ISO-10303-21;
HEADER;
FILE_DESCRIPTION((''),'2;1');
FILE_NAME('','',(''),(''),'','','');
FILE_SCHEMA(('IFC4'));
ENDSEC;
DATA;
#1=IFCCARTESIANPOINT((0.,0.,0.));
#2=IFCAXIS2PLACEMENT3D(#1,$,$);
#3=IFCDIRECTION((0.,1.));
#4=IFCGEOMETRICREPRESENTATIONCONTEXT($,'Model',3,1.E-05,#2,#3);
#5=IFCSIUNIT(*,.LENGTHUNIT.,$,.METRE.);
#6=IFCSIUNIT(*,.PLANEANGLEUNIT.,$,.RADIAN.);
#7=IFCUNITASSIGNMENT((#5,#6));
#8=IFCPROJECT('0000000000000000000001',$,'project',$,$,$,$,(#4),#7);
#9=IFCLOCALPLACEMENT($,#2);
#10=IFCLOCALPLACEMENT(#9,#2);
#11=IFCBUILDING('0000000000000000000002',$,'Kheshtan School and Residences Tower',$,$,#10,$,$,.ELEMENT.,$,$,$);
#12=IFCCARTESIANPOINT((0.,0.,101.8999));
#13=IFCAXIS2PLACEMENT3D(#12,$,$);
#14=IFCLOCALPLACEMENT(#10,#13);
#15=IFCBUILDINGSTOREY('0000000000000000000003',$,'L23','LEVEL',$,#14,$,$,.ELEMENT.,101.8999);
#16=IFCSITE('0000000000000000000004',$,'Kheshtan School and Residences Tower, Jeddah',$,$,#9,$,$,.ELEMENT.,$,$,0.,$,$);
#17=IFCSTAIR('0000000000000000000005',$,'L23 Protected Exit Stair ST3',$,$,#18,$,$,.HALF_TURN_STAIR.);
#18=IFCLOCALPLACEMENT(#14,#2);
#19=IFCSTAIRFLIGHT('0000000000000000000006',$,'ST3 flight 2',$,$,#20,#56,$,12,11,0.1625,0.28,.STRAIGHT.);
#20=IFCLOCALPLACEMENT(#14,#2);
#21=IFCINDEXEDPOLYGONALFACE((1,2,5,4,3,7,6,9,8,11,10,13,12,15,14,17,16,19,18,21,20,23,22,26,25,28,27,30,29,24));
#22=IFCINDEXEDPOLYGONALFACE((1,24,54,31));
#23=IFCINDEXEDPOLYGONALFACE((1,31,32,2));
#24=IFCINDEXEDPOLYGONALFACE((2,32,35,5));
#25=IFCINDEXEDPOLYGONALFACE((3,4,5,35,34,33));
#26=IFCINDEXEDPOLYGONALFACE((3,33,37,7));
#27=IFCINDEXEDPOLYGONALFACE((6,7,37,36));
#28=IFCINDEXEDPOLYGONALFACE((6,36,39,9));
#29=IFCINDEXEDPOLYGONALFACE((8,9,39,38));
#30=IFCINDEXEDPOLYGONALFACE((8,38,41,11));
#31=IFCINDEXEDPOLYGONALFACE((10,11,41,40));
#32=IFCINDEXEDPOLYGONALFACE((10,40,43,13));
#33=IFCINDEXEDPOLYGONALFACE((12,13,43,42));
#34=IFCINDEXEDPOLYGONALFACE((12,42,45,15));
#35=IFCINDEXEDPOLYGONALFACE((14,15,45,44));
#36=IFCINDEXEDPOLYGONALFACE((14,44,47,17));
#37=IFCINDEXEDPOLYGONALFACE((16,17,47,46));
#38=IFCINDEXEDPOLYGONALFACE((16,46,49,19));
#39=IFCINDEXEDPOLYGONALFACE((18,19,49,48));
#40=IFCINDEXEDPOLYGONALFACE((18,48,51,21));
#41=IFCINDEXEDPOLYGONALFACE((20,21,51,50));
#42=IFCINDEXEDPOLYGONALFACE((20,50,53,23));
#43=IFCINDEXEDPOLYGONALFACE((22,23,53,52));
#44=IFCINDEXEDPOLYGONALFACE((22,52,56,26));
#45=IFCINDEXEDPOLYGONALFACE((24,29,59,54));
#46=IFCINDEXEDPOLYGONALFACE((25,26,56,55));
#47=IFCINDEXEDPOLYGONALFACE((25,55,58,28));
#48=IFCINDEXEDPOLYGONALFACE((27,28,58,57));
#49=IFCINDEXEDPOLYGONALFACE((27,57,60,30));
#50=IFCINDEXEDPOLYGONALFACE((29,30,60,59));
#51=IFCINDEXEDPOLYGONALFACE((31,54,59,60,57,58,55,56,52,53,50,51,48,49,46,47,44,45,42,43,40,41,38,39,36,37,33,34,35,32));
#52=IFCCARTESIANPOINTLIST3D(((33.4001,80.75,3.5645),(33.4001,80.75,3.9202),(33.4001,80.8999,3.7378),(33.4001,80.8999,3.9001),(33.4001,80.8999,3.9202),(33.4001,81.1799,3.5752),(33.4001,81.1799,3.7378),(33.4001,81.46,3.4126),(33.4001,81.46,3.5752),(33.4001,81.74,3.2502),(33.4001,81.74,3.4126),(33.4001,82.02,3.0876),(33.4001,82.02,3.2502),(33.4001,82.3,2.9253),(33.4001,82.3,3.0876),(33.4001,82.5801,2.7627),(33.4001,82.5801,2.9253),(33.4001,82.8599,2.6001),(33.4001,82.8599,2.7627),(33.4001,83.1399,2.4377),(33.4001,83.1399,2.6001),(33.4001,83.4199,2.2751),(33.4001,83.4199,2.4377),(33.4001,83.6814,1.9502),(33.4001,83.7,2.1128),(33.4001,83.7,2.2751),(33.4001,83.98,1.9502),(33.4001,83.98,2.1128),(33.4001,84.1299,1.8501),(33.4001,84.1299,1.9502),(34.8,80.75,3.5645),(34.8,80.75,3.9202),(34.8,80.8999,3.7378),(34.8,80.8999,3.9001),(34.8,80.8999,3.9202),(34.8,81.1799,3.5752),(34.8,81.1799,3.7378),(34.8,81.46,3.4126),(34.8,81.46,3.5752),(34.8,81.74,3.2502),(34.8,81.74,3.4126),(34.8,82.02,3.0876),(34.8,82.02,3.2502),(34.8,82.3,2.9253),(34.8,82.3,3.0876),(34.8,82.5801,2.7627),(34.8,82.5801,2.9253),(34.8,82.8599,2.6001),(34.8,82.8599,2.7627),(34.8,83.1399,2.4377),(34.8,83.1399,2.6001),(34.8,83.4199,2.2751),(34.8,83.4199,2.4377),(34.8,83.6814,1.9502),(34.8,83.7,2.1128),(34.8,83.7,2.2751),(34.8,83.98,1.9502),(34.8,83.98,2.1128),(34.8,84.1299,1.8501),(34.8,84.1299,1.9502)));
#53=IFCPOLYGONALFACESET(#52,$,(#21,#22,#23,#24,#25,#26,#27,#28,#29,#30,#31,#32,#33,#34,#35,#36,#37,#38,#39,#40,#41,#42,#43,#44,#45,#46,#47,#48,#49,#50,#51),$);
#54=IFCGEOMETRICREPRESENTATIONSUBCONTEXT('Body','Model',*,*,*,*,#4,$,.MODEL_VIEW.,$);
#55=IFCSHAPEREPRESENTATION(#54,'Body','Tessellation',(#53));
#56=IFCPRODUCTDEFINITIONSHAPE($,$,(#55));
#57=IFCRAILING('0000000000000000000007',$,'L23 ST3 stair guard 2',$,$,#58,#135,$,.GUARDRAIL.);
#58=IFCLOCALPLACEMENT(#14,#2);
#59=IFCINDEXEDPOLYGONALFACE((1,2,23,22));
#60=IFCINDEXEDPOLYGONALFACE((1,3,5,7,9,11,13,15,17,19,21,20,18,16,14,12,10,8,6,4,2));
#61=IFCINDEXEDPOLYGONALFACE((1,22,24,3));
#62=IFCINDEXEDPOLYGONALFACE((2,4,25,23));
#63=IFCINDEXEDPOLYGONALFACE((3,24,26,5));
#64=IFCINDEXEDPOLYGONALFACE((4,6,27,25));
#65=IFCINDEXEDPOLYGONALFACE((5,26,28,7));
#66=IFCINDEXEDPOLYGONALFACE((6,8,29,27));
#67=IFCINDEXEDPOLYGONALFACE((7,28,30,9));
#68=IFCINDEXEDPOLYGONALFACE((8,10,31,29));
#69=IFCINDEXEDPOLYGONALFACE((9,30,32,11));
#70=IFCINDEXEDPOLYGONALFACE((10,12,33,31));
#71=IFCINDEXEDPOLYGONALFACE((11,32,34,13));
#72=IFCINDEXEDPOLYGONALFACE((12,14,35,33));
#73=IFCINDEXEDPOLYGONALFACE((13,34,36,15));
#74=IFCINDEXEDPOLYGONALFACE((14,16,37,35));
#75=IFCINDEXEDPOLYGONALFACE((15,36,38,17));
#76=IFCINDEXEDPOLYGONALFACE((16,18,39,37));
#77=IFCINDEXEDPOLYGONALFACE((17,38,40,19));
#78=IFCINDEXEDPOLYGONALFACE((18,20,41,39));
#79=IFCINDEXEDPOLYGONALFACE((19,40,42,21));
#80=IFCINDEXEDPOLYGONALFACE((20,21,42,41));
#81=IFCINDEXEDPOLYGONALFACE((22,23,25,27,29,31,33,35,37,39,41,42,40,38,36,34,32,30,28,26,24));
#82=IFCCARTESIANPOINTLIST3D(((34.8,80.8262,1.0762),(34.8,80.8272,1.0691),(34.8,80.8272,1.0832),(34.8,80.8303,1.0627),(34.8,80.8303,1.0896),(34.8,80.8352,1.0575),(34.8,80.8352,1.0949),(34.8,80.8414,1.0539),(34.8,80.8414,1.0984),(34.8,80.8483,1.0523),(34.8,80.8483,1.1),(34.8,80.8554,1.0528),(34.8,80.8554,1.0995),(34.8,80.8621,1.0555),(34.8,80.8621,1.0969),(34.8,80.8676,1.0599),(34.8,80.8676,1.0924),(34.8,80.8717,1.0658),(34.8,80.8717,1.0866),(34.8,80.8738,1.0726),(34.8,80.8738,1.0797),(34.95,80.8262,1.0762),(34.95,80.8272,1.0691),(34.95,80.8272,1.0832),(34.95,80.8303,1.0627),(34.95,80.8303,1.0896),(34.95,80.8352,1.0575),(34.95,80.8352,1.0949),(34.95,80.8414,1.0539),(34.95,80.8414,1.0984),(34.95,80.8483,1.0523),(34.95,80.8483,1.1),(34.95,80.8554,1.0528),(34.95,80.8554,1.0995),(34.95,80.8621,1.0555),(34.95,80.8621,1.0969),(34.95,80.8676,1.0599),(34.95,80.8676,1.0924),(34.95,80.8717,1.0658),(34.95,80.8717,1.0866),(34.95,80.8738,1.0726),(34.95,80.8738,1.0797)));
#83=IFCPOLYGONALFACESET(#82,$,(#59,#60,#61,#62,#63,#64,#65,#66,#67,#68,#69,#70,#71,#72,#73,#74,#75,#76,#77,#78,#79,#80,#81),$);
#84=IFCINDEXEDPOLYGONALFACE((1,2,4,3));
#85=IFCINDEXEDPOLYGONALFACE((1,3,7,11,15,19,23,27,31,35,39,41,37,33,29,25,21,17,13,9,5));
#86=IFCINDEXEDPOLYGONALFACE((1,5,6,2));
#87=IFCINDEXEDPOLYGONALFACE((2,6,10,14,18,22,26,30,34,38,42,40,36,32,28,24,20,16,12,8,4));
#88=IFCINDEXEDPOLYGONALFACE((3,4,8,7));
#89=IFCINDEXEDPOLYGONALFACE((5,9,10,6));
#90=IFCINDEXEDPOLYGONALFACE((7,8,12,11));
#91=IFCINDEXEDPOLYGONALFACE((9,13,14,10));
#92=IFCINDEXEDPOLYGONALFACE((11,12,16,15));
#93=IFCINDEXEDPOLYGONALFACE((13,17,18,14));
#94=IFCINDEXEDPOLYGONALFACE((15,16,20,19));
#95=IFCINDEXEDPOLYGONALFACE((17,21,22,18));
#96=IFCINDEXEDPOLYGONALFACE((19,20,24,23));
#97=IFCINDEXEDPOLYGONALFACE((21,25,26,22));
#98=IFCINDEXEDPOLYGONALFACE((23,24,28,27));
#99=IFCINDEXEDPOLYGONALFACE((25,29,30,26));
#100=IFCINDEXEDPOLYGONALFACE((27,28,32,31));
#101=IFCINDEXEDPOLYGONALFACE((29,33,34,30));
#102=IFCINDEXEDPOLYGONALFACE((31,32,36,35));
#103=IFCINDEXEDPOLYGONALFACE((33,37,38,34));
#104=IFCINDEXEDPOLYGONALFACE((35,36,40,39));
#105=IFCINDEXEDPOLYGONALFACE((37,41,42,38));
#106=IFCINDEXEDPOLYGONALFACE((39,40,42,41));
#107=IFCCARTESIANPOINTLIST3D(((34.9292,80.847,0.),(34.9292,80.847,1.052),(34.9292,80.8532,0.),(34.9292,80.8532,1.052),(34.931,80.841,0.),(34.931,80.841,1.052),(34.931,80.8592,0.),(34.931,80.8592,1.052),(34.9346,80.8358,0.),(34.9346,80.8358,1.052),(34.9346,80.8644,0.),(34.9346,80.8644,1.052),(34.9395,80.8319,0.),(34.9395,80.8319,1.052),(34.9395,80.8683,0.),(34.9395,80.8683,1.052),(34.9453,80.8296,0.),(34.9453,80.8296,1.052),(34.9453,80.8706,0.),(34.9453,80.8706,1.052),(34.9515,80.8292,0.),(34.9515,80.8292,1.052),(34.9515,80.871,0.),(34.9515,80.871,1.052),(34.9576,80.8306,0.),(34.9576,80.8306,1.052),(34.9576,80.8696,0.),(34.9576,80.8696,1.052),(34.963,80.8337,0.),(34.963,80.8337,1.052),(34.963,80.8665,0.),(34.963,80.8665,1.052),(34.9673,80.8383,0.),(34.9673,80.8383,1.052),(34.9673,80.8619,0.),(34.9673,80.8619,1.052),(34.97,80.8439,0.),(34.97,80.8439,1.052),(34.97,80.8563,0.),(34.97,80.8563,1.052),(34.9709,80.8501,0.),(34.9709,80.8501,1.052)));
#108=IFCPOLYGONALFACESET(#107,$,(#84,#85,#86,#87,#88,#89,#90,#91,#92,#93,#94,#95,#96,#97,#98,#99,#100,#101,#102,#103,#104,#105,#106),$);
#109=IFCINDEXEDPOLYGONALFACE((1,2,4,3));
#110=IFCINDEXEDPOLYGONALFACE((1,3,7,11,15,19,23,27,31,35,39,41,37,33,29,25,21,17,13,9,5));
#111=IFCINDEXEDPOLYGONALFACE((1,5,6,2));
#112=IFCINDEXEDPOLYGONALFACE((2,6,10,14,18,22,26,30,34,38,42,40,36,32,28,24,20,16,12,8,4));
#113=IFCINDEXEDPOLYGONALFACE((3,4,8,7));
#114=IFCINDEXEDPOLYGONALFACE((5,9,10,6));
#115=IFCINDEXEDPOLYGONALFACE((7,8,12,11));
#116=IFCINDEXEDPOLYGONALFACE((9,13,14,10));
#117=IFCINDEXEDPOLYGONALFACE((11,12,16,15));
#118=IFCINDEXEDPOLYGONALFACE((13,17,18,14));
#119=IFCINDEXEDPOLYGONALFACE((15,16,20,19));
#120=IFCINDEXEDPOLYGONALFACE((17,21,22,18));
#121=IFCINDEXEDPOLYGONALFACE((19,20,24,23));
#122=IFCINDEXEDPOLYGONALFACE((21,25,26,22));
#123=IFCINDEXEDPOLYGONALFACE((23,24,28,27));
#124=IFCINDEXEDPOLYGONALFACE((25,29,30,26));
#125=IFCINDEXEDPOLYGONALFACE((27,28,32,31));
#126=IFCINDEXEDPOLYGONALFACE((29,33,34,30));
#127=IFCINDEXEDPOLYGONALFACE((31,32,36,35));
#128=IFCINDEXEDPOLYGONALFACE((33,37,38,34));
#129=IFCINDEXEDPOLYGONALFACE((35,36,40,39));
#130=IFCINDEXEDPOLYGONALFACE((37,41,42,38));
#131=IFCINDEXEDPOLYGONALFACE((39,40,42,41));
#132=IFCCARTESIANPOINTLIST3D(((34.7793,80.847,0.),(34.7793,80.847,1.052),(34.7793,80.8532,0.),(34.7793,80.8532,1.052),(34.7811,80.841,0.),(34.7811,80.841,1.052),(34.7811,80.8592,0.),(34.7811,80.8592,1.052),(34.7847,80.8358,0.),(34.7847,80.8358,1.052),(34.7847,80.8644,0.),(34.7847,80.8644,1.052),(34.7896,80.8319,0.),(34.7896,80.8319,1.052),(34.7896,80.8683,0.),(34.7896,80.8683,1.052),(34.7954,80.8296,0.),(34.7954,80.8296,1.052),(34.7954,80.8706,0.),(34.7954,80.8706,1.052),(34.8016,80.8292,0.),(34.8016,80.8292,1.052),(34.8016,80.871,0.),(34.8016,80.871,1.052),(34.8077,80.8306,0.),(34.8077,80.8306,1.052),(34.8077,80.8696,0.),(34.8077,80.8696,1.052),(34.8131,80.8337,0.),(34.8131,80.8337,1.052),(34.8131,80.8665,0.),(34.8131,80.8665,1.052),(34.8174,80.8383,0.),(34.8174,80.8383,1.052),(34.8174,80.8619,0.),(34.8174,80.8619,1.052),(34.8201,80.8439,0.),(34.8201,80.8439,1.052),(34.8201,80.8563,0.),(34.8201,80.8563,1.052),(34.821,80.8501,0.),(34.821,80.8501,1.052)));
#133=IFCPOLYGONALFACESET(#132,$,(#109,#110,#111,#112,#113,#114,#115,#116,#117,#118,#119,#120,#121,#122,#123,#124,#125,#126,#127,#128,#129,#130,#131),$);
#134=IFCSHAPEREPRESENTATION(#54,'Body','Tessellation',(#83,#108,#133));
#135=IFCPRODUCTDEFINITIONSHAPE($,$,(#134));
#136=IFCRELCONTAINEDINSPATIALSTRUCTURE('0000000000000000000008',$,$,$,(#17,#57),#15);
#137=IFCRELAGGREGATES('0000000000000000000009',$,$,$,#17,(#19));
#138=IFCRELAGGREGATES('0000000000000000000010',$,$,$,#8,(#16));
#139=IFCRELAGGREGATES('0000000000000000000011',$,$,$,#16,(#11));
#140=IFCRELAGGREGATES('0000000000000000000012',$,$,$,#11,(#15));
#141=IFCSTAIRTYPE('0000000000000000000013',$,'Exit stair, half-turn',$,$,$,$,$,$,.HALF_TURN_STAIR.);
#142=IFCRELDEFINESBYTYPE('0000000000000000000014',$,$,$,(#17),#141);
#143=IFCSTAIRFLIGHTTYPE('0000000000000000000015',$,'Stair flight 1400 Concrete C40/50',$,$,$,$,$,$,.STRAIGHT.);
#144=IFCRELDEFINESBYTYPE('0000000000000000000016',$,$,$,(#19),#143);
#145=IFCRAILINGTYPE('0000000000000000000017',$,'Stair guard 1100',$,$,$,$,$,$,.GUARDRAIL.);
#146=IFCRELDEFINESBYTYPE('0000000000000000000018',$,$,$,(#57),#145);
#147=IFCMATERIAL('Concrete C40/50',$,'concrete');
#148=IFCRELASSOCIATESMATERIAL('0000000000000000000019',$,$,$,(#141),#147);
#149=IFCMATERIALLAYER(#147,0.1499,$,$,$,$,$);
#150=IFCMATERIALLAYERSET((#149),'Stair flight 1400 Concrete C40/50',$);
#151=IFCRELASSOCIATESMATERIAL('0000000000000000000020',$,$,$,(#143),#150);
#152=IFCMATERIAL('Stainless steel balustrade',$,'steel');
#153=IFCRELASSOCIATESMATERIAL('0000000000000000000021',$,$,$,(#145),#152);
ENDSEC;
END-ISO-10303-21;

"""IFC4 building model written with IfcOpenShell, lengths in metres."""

from ifc_helpers import new_model, si_unit, direction, frame, origin, origin_2d, place, context, subcontext, project, spatial, polyline, circle, outline, extrude, material, layer, layer_set, type_object, element, aggregate, save


model = new_model("IFC4")

# Units and contexts
model_context = context("Model", 3, precision=1e-05, world=origin(), true_north=direction((0.0, 1.0)))
body_context = subcontext(model_context, "Body", "Model", "MODEL_VIEW")
ifc_project = project(units=[si_unit("LENGTHUNIT", "METRE"), si_unit("PLANEANGLEUNIT", "RADIAN")], contexts=[model_context])

# Site, building, storey
site_placement = place(None, origin())
site = spatial("IfcSite", under=ifc_project, at=site_placement, Name="Kheshtan School and Residences Tower, Jeddah", CompositionType="ELEMENT", RefElevation=0.0)
building_placement = place(site_placement, origin())
building = spatial("IfcBuilding", under=site, at=building_placement, Name="Kheshtan School and Residences Tower", CompositionType="ELEMENT")
storey_placement = place(building_placement, frame((0.0, 0.0, 101.8999)))
storey = spatial("IfcBuildingStorey", under=building, at=storey_placement, Name="L23", Description="LEVEL", CompositionType="ELEMENT", Elevation=101.8999)

# Shared definitions
ifc_material_1 = material(Name="Concrete C40/50", Category="concrete")

# Stair, stair flight
stair_type = type_object("IfcStairType", Name="Exit stair, half-turn", PredefinedType="HALF_TURN_STAIR", material=ifc_material_1)
stair_placement = place(storey_placement, origin())
stair = element("IfcStair", 1, at=stair_placement, inside=storey, type_object=stair_type, Name="L23 Protected Exit Stair ST3", PredefinedType="HALF_TURN_STAIR")
ifc_layer_1 = layer(ifc_material_1, 0.1499)
ifc_layer_set_1 = layer_set([ifc_layer_1], Name="Stair flight 1400 Concrete C40/50")
stair_flight_type = type_object("IfcStairFlightType", Name="Stair flight 1400 Concrete C40/50", PredefinedType="STRAIGHT", material=ifc_layer_set_1)
stair_flight_1_placement = place(storey_placement, frame((34.1001, 83.98, 1.9502), z_axis=(0.0, 0.0, 1.0), x_axis=(0.0, -1.0, 0.0)))
stair_flight_1 = element("IfcStairFlight", 2, at=stair_flight_1_placement, type_object=stair_flight_type, Name="ST3 flight 2", NumberOfRisers=12, NumberOfTreads=11, PredefinedType="STRAIGHT", RiserHeight=0.1625, TreadLength=0.28, context=body_context, shape_type="SweptSolid", body=[
    extrude(outline(polyline([(-0.1499, -0.1001), (-0.1499, 0.0), (0.0, 0.0), (0.0, 0.1626), (0.28, 0.1626), (0.28, 0.325), (0.5601, 0.325), (0.5601, 0.4875), (0.8401, 0.4875), (0.8401, 0.6499), (1.1201, 0.6499), (1.1201, 0.8125), (1.3999, 0.8125), (1.3999, 0.9751), (1.6799, 0.9751), (1.6799, 1.1375), (1.96, 1.1375), (1.96, 1.3), (2.24, 1.3), (2.24, 1.4624), (2.52, 1.4624), (2.52, 1.625), (2.8, 1.625), (2.8, 1.7876), (3.0801, 1.7876), (3.0801, 1.95), (3.0801, 1.97), (3.23, 1.97), (3.23, 1.6143), (0.2986, 0.0), (-0.1499, -0.1001)])), frame((0.0, 0.7, 0.0), z_axis=(0.0, -1.0, 0.0), x_axis=(1.0, 0.0, 0.0)), (0.0, 0.0, 1.0), 1.3999),
])
aggregate(stair, [stair_flight_1])

# Railing
ifc_material_2 = material(Name="Stainless steel balustrade", Category="steel")
railing_type_1 = type_object("IfcRailingType", Name="Stair guard 1100", PredefinedType="GUARDRAIL", material=ifc_material_2)
railing_1_placement = place(storey_placement, frame((34.95, 80.8501, 0.0)))
element("IfcRailing", 3, at=railing_1_placement, inside=storey, type_object=railing_type_1, Name="L23 ST3 stair guard 2", PredefinedType="GUARDRAIL", context=body_context, shape_type="SweptSolid", body=[
    extrude(circle(Radius=0.0239, at=origin_2d()), frame((0.0, 0.0, 1.0762), z_axis=(-1.0, 0.0, 0.0), x_axis=(0.0, -1.0, 0.0)), (0.0, 0.0, 1.0), 0.1499),
    extrude(circle(Radius=0.021, at=origin_2d()), origin(), (0.0, 0.0, 1.0), 1.052),
    extrude(circle(Radius=0.021, at=origin_2d()), frame((-0.1499, 0.0, 0.0)), (0.0, 0.0, 1.0), 1.052),
])

save(model, "model.ifc")
